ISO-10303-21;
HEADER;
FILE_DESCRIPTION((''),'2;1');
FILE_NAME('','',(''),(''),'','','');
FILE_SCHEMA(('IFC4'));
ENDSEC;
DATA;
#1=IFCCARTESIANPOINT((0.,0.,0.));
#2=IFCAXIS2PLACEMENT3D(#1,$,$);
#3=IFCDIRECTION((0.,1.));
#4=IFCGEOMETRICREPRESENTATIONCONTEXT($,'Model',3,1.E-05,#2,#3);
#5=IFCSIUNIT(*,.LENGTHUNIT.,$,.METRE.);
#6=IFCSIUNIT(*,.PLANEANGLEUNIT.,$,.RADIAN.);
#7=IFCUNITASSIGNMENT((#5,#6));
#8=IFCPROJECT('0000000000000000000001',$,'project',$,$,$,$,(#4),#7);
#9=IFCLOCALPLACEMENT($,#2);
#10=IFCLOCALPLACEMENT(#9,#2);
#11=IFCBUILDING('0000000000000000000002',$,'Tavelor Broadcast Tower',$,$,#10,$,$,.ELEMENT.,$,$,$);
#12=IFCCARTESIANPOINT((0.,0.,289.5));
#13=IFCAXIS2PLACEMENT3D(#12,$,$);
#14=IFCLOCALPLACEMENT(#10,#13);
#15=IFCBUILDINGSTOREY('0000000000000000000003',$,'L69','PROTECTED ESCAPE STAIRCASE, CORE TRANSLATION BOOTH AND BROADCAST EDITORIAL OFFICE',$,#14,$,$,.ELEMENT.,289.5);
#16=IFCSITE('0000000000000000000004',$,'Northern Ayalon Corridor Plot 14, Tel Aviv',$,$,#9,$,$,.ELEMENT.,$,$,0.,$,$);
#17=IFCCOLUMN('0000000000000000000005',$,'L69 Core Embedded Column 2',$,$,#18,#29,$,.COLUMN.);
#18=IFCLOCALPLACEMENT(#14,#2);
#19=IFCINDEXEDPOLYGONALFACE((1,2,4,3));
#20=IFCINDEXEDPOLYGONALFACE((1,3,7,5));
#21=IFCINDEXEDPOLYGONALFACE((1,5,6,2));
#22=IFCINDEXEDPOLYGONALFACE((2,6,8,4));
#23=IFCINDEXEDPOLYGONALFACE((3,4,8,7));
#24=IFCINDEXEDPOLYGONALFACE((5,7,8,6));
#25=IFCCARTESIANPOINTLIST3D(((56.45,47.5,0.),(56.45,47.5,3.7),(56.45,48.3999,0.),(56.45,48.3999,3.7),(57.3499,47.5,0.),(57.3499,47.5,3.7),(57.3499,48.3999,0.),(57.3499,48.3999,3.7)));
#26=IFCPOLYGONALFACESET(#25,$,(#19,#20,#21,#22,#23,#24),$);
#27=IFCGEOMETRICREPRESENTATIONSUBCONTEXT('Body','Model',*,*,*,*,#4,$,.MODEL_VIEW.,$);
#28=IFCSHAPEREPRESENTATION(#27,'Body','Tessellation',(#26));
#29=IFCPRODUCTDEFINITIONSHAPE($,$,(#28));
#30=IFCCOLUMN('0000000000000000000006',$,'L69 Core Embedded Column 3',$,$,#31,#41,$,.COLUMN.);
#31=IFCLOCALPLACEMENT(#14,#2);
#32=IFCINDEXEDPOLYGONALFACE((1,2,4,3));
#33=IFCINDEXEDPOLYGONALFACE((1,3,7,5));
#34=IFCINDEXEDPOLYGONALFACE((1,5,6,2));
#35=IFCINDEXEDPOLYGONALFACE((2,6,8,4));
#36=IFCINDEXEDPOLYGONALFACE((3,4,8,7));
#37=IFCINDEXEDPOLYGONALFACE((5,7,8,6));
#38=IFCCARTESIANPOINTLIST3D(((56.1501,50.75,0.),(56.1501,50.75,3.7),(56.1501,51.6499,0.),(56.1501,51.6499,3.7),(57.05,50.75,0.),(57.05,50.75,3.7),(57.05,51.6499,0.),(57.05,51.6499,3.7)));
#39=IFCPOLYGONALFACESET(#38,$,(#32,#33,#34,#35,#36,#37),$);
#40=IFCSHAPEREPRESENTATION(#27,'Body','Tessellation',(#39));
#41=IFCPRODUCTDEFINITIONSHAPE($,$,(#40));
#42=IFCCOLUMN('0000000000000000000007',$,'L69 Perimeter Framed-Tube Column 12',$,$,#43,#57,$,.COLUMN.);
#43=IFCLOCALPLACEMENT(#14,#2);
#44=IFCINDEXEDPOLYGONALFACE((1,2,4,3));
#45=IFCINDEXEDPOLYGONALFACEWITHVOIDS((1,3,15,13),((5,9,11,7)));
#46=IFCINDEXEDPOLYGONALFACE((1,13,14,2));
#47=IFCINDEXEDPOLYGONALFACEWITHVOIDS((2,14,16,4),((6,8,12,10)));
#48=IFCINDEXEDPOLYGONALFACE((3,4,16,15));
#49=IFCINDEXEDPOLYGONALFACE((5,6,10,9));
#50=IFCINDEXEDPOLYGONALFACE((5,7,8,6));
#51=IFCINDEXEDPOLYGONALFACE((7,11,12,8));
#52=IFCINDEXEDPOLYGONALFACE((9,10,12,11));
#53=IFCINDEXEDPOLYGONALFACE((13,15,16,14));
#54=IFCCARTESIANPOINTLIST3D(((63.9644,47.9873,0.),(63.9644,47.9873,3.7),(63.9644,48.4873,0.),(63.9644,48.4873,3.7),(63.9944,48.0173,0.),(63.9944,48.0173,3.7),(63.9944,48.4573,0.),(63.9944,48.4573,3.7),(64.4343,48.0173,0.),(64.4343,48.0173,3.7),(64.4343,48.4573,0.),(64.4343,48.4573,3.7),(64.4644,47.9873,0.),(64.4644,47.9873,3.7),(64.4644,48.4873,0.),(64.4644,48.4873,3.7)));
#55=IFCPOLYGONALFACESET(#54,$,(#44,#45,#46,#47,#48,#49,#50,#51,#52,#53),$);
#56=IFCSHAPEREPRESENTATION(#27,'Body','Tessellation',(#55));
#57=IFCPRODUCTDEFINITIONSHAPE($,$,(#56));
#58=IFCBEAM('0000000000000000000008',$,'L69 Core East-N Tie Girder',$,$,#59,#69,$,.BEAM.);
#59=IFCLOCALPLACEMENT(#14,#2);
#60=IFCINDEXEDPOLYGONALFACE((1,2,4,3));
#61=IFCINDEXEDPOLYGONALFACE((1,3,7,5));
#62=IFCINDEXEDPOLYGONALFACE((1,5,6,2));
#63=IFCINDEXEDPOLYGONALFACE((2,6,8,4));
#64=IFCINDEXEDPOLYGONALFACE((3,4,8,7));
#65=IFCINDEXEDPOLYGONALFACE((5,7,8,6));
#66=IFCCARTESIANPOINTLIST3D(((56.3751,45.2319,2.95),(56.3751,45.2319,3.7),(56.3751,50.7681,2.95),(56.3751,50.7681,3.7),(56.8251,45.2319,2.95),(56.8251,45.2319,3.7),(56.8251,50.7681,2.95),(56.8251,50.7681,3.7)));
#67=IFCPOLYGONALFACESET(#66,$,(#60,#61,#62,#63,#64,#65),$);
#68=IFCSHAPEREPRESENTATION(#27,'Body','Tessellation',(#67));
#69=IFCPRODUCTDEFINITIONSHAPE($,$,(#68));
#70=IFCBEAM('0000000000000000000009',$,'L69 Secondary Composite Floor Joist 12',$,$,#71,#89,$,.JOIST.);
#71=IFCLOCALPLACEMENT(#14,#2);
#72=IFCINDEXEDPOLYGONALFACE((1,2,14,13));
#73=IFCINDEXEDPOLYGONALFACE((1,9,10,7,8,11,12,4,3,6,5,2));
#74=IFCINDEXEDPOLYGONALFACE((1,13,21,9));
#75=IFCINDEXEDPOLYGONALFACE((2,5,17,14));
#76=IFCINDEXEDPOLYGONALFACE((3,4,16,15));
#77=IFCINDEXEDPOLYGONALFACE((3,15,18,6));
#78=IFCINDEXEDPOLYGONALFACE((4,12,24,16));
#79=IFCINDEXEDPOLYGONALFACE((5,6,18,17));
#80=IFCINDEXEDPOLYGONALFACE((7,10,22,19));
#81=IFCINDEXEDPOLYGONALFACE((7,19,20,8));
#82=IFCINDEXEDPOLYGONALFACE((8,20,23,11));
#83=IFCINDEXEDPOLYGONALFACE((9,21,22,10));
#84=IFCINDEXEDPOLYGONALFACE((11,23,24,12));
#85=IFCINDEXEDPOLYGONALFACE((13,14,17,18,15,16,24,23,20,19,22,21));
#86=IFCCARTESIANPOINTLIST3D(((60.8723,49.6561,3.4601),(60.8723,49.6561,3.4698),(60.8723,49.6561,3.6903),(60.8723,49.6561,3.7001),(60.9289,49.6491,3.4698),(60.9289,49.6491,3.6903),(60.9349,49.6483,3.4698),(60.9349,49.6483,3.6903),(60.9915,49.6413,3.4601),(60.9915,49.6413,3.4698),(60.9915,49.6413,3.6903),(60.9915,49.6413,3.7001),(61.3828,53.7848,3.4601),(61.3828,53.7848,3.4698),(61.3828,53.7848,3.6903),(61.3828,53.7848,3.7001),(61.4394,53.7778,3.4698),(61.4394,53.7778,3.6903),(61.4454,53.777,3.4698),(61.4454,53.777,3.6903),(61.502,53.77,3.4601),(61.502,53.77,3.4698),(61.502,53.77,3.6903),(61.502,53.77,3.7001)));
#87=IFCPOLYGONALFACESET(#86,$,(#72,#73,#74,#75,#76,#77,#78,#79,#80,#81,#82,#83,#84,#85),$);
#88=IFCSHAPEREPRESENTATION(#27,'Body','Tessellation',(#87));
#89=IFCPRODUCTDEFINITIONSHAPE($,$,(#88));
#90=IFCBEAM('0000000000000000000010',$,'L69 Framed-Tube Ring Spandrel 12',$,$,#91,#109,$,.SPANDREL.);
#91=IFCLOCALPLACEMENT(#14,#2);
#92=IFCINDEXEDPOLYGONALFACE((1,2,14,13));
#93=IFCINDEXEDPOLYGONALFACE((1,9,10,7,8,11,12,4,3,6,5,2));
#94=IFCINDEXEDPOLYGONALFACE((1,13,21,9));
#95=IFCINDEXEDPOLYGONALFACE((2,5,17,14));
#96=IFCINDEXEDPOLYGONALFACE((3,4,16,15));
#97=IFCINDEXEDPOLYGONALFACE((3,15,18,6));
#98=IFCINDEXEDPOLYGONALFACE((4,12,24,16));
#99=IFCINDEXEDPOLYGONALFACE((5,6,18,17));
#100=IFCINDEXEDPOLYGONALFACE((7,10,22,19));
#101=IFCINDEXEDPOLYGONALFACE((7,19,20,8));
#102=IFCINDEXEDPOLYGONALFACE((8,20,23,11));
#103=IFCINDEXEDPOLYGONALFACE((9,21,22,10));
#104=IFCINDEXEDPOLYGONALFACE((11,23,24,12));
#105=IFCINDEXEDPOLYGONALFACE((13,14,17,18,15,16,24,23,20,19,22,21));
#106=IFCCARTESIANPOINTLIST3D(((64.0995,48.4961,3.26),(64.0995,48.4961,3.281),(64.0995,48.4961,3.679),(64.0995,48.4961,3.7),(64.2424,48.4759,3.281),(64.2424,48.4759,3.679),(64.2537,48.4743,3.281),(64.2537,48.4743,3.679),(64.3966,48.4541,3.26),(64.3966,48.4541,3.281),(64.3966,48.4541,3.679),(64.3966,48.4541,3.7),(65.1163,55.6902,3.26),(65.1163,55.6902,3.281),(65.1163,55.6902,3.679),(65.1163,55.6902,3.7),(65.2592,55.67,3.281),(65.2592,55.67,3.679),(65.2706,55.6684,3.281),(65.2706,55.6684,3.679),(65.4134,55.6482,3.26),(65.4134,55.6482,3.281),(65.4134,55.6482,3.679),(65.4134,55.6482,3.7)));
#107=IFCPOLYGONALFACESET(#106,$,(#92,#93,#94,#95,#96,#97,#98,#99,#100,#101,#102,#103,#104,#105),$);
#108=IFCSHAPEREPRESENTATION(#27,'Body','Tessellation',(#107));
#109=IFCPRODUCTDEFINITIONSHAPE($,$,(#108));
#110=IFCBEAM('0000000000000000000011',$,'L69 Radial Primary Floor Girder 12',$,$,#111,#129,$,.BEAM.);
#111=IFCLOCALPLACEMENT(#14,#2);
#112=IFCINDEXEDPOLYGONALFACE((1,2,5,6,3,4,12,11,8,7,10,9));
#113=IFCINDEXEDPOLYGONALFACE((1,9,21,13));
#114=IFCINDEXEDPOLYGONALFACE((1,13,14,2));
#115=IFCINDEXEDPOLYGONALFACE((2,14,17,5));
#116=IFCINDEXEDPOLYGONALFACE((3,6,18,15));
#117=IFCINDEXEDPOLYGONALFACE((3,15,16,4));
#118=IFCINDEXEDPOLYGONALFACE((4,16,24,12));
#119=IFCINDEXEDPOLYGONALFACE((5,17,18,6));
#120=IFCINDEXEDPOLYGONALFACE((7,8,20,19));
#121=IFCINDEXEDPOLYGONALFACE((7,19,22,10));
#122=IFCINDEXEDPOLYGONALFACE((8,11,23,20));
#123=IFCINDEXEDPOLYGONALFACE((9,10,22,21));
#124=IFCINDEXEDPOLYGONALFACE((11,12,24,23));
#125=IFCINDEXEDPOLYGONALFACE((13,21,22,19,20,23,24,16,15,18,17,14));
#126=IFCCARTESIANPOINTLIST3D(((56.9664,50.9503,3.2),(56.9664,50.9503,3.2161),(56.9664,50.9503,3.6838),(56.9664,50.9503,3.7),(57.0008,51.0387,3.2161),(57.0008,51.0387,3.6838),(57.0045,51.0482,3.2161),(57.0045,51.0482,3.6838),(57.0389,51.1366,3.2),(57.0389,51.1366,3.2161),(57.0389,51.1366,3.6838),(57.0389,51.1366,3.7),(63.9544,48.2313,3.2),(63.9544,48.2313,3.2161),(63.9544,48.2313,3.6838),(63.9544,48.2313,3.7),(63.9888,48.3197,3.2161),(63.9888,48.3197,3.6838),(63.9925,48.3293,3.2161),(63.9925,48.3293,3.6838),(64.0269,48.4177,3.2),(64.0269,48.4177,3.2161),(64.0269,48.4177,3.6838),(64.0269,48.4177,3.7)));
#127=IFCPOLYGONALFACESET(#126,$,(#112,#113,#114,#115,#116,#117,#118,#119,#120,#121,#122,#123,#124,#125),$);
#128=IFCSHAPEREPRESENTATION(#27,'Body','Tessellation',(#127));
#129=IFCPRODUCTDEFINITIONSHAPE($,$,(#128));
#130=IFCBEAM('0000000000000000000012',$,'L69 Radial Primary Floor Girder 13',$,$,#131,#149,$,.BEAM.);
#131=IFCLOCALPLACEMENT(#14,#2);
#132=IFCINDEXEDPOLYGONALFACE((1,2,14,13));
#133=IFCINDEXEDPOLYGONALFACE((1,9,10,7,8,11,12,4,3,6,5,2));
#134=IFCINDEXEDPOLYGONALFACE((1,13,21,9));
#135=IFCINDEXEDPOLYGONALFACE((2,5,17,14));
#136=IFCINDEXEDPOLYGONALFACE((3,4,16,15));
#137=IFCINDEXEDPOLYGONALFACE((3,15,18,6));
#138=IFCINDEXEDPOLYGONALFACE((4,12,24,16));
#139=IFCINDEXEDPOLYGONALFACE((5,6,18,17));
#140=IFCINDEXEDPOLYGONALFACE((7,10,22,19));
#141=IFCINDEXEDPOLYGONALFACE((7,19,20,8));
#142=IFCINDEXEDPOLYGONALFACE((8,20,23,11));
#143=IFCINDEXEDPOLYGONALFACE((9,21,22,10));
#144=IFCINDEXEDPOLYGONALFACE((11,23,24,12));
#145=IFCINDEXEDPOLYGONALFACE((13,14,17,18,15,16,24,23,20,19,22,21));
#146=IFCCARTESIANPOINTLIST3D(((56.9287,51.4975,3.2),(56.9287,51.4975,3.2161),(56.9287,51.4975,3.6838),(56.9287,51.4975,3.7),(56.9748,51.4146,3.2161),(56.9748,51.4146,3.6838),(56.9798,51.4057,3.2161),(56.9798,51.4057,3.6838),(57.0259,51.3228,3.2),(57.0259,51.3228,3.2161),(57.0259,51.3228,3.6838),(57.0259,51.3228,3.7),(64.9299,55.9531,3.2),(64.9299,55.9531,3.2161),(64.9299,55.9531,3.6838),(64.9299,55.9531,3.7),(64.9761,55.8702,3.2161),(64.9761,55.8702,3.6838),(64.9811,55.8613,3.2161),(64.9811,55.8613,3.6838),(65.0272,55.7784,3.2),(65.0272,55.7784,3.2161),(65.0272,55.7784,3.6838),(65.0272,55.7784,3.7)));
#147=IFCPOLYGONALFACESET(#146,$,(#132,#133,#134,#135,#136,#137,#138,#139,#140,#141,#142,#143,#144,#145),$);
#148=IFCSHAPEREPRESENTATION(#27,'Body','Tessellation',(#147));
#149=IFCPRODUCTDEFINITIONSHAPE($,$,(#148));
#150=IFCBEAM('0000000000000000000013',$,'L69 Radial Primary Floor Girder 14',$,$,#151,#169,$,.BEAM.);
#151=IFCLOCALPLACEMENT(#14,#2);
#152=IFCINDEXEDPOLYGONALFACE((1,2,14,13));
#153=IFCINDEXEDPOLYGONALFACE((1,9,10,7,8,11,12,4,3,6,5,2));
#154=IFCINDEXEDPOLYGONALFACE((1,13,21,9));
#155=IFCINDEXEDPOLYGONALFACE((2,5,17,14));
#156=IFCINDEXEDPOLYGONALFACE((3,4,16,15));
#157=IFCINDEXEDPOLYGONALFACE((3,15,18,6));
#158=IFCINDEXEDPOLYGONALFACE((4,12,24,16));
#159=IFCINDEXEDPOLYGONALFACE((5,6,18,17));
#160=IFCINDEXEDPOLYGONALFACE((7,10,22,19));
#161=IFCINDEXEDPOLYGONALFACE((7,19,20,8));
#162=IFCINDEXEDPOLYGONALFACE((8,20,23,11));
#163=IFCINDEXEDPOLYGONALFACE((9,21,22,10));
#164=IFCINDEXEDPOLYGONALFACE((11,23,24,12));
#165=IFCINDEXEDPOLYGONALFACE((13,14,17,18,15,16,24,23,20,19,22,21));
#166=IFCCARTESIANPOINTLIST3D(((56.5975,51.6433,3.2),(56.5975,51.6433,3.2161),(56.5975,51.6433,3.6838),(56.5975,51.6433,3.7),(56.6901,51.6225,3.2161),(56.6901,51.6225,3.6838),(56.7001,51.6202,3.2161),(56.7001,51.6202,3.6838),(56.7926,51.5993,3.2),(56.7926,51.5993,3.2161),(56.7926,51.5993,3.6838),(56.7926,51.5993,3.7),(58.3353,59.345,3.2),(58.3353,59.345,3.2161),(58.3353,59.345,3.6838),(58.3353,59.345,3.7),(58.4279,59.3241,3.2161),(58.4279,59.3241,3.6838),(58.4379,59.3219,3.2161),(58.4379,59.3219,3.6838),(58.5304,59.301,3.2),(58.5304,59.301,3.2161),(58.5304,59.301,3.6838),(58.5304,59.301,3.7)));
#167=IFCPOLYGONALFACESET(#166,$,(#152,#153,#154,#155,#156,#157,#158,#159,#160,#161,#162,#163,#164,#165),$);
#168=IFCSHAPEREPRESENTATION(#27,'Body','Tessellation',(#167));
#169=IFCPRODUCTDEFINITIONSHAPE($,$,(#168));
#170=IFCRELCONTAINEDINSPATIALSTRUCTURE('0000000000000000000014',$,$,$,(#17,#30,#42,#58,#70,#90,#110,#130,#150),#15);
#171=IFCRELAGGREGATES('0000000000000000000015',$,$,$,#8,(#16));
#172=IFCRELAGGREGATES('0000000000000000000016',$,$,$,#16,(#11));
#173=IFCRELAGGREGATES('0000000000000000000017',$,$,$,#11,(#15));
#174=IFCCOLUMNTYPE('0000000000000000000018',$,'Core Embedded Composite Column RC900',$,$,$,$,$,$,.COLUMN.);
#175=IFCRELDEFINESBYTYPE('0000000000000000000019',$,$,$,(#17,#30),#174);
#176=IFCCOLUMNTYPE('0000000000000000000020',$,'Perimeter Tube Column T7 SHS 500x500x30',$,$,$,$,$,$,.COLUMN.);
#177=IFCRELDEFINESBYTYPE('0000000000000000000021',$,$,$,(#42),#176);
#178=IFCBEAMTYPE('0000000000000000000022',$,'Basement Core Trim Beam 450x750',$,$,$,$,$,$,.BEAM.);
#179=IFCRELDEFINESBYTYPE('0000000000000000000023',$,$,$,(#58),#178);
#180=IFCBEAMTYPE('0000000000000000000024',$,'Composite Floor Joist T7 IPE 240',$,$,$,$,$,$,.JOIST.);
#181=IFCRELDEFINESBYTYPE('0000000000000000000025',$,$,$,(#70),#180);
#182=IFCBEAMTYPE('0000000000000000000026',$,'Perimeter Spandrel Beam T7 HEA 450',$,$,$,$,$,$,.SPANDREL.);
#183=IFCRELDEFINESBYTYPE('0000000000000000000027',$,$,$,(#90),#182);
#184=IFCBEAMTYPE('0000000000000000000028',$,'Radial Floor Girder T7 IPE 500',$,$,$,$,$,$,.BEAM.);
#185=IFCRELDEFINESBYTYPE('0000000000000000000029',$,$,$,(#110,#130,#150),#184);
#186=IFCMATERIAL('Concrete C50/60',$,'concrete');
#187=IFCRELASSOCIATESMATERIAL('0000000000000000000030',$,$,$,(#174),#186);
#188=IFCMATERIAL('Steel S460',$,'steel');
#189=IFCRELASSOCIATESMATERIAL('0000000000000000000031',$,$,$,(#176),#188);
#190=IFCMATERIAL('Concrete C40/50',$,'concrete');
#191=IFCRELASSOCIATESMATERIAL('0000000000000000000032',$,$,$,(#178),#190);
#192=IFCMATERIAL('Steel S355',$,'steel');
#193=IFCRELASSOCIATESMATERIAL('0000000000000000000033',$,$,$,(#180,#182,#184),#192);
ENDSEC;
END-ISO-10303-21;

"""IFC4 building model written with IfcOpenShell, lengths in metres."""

from ifc_helpers import new_model, si_unit, direction, frame, origin, origin_2d, place, context, subcontext, project, spatial, rectangle, hollow_rectangle, i_section, extrude, material, material_profile, profile_set, type_object, element, save


model = new_model("IFC4")

# Units and contexts
model_context = context("Model", 3, precision=1e-05, world=origin(), true_north=direction((0.0, 1.0)))
body_context = subcontext(model_context, "Body", "Model", "MODEL_VIEW")
ifc_project = project(units=[si_unit("LENGTHUNIT", "METRE"), si_unit("PLANEANGLEUNIT", "RADIAN")], contexts=[model_context])

# Site, building, storey
site_placement = place(None, origin())
site = spatial("IfcSite", under=ifc_project, at=site_placement, Name="Northern Ayalon Corridor Plot 14, Tel Aviv", CompositionType="ELEMENT", RefElevation=0.0)
building_placement = place(site_placement, origin())
building = spatial("IfcBuilding", under=site, at=building_placement, Name="Tavelor Broadcast Tower", CompositionType="ELEMENT")
storey_placement = place(building_placement, frame((0.0, 0.0, 289.5)))
storey = spatial("IfcBuildingStorey", under=building, at=storey_placement, Name="L69", Description="PROTECTED ESCAPE STAIRCASE, CORE TRANSLATION BOOTH AND BROADCAST EDITORIAL OFFICE", CompositionType="ELEMENT", Elevation=289.5)

# Columns
ifc_material_1 = material(Name="Concrete C50/60", Category="concrete")
ifc_material_profile_1 = material_profile(ifc_material_1, rectangle(XDim=0.8999, YDim=0.8999, at=origin_2d()), Name="RC 900x900")
ifc_profile_set_1 = profile_set([ifc_material_profile_1], Name="Concrete C50/60")
column_type_1 = type_object("IfcColumnType", Name="Core Embedded Composite Column RC900", PredefinedType="COLUMN", material=ifc_profile_set_1)
for number, where, z_axis, x_axis, name in (
    (1, (56.8999, 47.95, 0.0), (0.0, 0.0, 1.0), (1.0, 0.0, 0.0), "L69 Core Embedded Column 2"),
    (2, (56.6001, 51.2, 0.0), (0.0, 0.0, 1.0), (1.0, 0.0, 0.0), "L69 Core Embedded Column 3"),
):
    element("IfcColumn", number, at=place(storey_placement, frame(where, z_axis=z_axis, x_axis=x_axis)), inside=storey, type_object=column_type_1, Name=name, PredefinedType="COLUMN", context=body_context, shape_type="SweptSolid", body=[
        extrude(rectangle(XDim=0.8999, YDim=0.8999, at=origin_2d()), origin(), (0.0, 0.0, 1.0), 3.7),
    ])
ifc_material_2 = material(Name="Steel S460", Category="steel")
ifc_material_profile_2 = material_profile(ifc_material_2, hollow_rectangle(XDim=0.5, YDim=0.5, WallThickness=0.03, at=origin_2d()), Name="SHS 500x500x30")
ifc_profile_set_2 = profile_set([ifc_material_profile_2], Name="Steel S460")
column_type_2 = type_object("IfcColumnType", Name="Perimeter Tube Column T7 SHS 500x500x30", PredefinedType="COLUMN", material=ifc_profile_set_2)
column_placement = place(storey_placement, frame((64.2144, 48.2373, 0.0), z_axis=(0.0, 0.0, 1.0), x_axis=(1.0, 0.0, 0.0)))
element("IfcColumn", 3, at=column_placement, inside=storey, type_object=column_type_2, Name="L69 Perimeter Framed-Tube Column 12", PredefinedType="COLUMN", context=body_context, shape_type="SweptSolid", body=[
    extrude(hollow_rectangle(XDim=0.5, YDim=0.5, WallThickness=0.03, at=origin_2d()), origin(), (0.0, 0.0, 1.0), 3.7),
])

# Beams
ifc_material_3 = material(Name="Concrete C40/50", Category="concrete")
ifc_material_profile_3 = material_profile(ifc_material_3, rectangle(XDim=0.45, YDim=0.75, at=origin_2d()), Name="RC 450x750")
ifc_profile_set_3 = profile_set([ifc_material_profile_3], Name="Concrete C40/50")
beam_type_1 = type_object("IfcBeamType", Name="Basement Core Trim Beam 450x750", PredefinedType="BEAM", material=ifc_profile_set_3)
beam_1_placement = place(storey_placement, frame((56.6001, 45.2319, 3.325), z_axis=(0.0, 1.0, 0.0), x_axis=(-1.0, 0.0, 0.0)))
element("IfcBeam", 4, at=beam_1_placement, inside=storey, type_object=beam_type_1, Name="L69 Core East-N Tie Girder", PredefinedType="BEAM", context=body_context, shape_type="SweptSolid", body=[
    extrude(rectangle(XDim=0.45, YDim=0.75, at=origin_2d()), origin(), (0.0, 0.0, 1.0), 5.5361),
])
ifc_material_4 = material(Name="Steel S355", Category="steel")
ifc_material_profile_4 = material_profile(ifc_material_4, i_section(OverallWidth=0.1201, OverallDepth=0.24, WebThickness=0.0061, FlangeThickness=0.0098, at=origin_2d()), Name="IPE 240")
ifc_profile_set_4 = profile_set([ifc_material_profile_4], Name="Steel S355")
beam_type_2 = type_object("IfcBeamType", Name="Composite Floor Joist T7 IPE 240", PredefinedType="JOIST", material=ifc_profile_set_4)
beam_2_placement = place(storey_placement, frame((60.9319, 49.6487, 3.5801), z_axis=(0.122713, 0.992442, 0.0), x_axis=(-0.992442, 0.122713, 0.0)))
element("IfcBeam", 5, at=beam_2_placement, inside=storey, type_object=beam_type_2, Name="L69 Secondary Composite Floor Joist 12", PredefinedType="JOIST", context=body_context, shape_type="SweptSolid", body=[
    extrude(i_section(OverallWidth=0.1201, OverallDepth=0.24, WebThickness=0.0061, FlangeThickness=0.0098, at=origin_2d()), origin(), (0.0, 0.0, 1.0), 4.1602),
])
ifc_material_profile_5 = material_profile(ifc_material_4, i_section(OverallWidth=0.3, OverallDepth=0.4399, WebThickness=0.0115, FlangeThickness=0.021, at=origin_2d()), Name="HEA 450")
ifc_profile_set_5 = profile_set([ifc_material_profile_5], Name="Steel S355")
beam_type_3 = type_object("IfcBeamType", Name="Perimeter Spandrel Beam T7 HEA 450", PredefinedType="SPANDREL", material=ifc_profile_set_5)
beam_3_placement = place(storey_placement, frame((64.248, 48.4751, 3.48), z_axis=(0.139953, 0.990158, 0.0), x_axis=(-0.990158, 0.139953, 0.0)))
element("IfcBeam", 6, at=beam_3_placement, inside=storey, type_object=beam_type_3, Name="L69 Framed-Tube Ring Spandrel 12", PredefinedType="SPANDREL", context=body_context, shape_type="SweptSolid", body=[
    extrude(i_section(OverallWidth=0.3, OverallDepth=0.4399, WebThickness=0.0115, FlangeThickness=0.021, at=origin_2d()), origin(), (0.0, 0.0, 1.0), 7.2656),
])
ifc_material_profile_6 = material_profile(ifc_material_4, i_section(OverallWidth=0.2, OverallDepth=0.5, WebThickness=0.0103, FlangeThickness=0.0161, at=origin_2d()), Name="IPE 500")
ifc_profile_set_6 = profile_set([ifc_material_profile_6], Name="Steel S355")
beam_type_4 = type_object("IfcBeamType", Name="Radial Floor Girder T7 IPE 500", PredefinedType="BEAM", material=ifc_profile_set_6)
beam_4_placement = place(storey_placement, frame((57.0027, 51.0435, 3.45), z_axis=(0.93194, -0.362611, 0.0), x_axis=(0.362611, 0.93194, 0.0)))
element("IfcBeam", 7, at=beam_4_placement, inside=storey, type_object=beam_type_4, Name="L69 Radial Primary Floor Girder 12", PredefinedType="BEAM", context=body_context, shape_type="SweptSolid", body=[
    extrude(i_section(OverallWidth=0.2, OverallDepth=0.5, WebThickness=0.0103, FlangeThickness=0.0161, at=origin_2d()), origin(), (0.0, 0.0, 1.0), 7.4983),
])
beam_5_placement = place(storey_placement, frame((56.9773, 51.4102, 3.45), z_axis=(0.873673, 0.486514, 0.0), x_axis=(-0.486514, 0.873673, 0.0)))
element("IfcBeam", 8, at=beam_5_placement, inside=storey, type_object=beam_type_4, Name="L69 Radial Primary Floor Girder 13", PredefinedType="BEAM", context=body_context, shape_type="SweptSolid", body=[
    extrude(i_section(OverallWidth=0.2, OverallDepth=0.5, WebThickness=0.0103, FlangeThickness=0.0161, at=origin_2d()), origin(), (0.0, 0.0, 1.0), 9.1582),
])
beam_6_placement = place(storey_placement, frame((56.6951, 51.6213, 3.45), z_axis=(0.220105, 0.975476, 0.0), x_axis=(-0.975476, 0.220105, 0.0)))
element("IfcBeam", 9, at=beam_6_placement, inside=storey, type_object=beam_type_4, Name="L69 Radial Primary Floor Girder 14", PredefinedType="BEAM", context=body_context, shape_type="SweptSolid", body=[
    extrude(i_section(OverallWidth=0.2, OverallDepth=0.5, WebThickness=0.0103, FlangeThickness=0.0161, at=origin_2d()), origin(), (0.0, 0.0, 1.0), 7.8953),
])

save(model, "model.ifc")
